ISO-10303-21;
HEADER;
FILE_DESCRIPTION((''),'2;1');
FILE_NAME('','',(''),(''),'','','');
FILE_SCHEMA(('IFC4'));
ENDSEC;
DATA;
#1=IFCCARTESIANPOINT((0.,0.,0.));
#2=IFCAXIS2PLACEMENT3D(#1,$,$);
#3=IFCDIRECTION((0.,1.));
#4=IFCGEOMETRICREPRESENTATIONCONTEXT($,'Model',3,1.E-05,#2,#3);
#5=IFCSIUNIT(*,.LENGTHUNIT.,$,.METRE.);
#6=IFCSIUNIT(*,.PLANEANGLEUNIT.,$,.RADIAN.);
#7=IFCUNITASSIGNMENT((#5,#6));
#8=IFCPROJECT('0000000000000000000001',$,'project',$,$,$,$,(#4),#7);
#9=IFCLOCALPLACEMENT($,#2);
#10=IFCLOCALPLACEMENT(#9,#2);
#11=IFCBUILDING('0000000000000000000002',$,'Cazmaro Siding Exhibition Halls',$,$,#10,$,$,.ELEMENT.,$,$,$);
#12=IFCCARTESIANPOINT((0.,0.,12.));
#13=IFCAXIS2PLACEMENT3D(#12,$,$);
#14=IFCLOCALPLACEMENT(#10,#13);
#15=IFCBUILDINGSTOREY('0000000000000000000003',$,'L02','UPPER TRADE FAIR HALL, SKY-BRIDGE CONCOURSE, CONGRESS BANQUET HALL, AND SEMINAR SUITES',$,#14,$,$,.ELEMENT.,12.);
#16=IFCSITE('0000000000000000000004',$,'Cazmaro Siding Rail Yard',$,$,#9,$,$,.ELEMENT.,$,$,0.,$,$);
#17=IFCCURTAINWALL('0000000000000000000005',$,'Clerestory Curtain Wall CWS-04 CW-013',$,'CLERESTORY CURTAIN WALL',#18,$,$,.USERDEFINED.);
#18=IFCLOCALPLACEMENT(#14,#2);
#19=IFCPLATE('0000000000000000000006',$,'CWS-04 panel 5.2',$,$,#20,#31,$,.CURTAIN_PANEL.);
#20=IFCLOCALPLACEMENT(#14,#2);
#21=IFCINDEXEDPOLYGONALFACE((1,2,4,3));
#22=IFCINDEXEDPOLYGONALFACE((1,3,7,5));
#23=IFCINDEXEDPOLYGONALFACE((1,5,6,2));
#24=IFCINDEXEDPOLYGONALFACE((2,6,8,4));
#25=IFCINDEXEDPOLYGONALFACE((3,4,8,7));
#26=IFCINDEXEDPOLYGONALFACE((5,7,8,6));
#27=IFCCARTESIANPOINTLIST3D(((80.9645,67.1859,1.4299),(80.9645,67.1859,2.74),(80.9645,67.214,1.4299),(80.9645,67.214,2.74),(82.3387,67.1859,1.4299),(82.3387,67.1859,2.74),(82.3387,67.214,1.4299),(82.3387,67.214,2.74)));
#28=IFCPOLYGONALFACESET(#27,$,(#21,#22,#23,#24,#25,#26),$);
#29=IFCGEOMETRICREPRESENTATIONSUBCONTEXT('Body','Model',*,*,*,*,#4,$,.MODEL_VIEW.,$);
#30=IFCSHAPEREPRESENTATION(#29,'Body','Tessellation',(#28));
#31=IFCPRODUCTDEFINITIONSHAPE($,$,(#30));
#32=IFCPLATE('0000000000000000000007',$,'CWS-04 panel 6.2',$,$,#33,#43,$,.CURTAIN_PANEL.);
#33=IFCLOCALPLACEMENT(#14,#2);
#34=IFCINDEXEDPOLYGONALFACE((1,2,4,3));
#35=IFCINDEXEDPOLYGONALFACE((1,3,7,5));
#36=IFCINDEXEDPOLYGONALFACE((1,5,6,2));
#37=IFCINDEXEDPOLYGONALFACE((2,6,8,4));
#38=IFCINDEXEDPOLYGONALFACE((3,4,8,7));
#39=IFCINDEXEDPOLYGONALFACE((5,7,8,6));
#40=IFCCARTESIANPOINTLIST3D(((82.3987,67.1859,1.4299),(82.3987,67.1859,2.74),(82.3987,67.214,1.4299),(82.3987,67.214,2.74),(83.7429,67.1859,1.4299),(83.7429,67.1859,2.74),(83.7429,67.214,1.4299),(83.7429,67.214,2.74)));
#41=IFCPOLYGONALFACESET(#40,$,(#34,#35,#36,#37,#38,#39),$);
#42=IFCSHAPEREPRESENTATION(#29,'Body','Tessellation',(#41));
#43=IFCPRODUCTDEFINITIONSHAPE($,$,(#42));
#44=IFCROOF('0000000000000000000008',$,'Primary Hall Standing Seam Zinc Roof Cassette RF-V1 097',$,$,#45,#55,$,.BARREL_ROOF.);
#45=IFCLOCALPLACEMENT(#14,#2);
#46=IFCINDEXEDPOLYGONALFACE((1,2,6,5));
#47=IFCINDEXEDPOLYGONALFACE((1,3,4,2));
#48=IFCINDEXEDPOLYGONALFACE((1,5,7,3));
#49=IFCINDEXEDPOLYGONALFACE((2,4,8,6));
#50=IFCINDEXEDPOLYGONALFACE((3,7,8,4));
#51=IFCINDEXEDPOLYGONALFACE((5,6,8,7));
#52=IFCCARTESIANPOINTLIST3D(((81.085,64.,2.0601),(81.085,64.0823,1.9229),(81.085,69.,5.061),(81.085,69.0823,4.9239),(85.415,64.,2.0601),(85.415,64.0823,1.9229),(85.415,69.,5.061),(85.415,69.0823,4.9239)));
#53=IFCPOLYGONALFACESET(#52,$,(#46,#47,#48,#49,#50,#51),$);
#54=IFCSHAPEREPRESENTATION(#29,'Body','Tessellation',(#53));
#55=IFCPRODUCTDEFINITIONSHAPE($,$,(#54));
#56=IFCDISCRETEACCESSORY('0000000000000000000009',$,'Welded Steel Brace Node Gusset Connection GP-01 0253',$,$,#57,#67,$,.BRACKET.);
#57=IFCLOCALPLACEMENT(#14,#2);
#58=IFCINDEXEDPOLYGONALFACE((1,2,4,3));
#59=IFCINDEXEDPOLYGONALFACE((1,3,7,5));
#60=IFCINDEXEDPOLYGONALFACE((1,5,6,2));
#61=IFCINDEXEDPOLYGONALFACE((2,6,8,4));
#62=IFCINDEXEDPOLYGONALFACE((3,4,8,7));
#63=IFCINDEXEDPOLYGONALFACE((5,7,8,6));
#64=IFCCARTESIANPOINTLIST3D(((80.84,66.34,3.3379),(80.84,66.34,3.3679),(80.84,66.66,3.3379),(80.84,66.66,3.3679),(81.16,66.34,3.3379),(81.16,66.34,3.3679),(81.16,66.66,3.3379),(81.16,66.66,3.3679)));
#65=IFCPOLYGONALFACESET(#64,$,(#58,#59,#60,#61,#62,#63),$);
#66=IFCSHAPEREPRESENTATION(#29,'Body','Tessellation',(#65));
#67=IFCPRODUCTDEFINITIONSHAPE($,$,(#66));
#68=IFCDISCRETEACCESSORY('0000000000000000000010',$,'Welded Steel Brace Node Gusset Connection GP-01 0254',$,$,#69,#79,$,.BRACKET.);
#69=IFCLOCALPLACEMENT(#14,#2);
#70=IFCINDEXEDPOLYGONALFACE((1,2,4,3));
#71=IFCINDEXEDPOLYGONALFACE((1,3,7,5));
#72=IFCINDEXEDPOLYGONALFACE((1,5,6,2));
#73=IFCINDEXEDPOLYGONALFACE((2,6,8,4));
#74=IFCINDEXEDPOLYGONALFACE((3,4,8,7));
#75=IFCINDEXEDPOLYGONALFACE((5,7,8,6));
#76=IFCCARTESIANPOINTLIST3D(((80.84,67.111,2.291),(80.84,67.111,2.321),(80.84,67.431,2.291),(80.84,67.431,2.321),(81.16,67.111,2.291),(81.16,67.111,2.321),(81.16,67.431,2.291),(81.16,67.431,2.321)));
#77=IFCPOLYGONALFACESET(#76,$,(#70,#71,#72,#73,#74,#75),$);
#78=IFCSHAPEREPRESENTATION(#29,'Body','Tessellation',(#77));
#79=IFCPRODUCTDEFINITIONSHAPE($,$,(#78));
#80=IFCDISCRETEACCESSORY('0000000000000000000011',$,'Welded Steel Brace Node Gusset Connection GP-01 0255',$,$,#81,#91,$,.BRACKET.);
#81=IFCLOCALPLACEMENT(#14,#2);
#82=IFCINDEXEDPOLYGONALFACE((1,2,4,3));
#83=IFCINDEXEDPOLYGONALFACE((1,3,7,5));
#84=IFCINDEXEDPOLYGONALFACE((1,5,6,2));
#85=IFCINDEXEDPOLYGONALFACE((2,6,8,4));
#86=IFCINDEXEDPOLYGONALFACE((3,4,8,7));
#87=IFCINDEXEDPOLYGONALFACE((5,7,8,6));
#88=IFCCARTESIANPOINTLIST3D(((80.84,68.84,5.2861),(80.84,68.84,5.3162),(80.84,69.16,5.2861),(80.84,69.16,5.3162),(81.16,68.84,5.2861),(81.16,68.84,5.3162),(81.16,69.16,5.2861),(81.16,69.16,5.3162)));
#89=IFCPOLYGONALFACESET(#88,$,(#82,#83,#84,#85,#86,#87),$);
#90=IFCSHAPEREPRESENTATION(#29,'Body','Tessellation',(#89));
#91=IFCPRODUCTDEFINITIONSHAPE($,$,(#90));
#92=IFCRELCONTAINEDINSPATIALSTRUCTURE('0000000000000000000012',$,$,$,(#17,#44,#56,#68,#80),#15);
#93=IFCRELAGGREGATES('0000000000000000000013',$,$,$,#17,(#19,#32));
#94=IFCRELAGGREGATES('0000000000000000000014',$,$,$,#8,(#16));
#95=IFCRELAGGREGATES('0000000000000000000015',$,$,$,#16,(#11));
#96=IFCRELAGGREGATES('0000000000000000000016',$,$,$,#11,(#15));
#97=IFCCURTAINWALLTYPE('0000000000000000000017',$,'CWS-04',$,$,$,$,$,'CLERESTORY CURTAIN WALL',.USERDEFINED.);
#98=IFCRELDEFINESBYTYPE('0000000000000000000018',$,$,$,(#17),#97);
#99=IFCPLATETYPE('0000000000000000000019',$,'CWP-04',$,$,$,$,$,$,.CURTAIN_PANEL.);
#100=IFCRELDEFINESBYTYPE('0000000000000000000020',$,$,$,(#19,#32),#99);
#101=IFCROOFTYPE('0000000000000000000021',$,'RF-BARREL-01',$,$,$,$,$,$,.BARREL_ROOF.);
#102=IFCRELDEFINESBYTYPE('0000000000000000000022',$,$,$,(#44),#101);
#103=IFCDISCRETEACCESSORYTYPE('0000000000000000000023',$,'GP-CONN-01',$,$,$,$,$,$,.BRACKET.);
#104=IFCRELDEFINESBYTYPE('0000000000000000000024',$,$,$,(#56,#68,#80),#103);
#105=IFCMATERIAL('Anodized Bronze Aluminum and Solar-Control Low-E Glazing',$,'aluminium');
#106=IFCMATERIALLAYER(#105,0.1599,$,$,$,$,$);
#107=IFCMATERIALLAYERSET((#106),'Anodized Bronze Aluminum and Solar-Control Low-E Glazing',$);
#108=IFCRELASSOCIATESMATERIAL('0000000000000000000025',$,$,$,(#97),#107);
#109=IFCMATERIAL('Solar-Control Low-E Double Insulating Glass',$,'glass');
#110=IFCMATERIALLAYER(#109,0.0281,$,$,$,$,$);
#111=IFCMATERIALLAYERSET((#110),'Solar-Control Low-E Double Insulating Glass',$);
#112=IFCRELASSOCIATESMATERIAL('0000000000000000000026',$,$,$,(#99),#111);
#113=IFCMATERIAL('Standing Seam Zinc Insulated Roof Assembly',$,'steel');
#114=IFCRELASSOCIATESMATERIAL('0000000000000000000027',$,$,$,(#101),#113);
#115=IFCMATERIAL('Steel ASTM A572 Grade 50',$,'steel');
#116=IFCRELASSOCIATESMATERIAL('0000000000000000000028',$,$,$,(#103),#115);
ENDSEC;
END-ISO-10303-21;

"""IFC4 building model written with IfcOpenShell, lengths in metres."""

from ifc_helpers import new_model, si_unit, direction, frame, origin, origin_2d, place, context, subcontext, project, spatial, polyline, rectangle, outline, extrude, material, layer, layer_set, type_object, element, aggregate, save


model = new_model("IFC4")

# Units and contexts
model_context = context("Model", 3, precision=1e-05, world=origin(), true_north=direction((0.0, 1.0)))
body_context = subcontext(model_context, "Body", "Model", "MODEL_VIEW")
ifc_project = project(units=[si_unit("LENGTHUNIT", "METRE"), si_unit("PLANEANGLEUNIT", "RADIAN")], contexts=[model_context])

# Site, building, storey
site_placement = place(None, origin())
site = spatial("IfcSite", under=ifc_project, at=site_placement, Name="Cazmaro Siding Rail Yard", CompositionType="ELEMENT", RefElevation=0.0)
building_placement = place(site_placement, origin())
building = spatial("IfcBuilding", under=site, at=building_placement, Name="Cazmaro Siding Exhibition Halls", CompositionType="ELEMENT")
storey_placement = place(building_placement, frame((0.0, 0.0, 12.0)))
storey = spatial("IfcBuildingStorey", under=building, at=storey_placement, Name="L02", Description="UPPER TRADE FAIR HALL, SKY-BRIDGE CONCOURSE, CONGRESS BANQUET HALL, AND SEMINAR SUITES", CompositionType="ELEMENT", Elevation=12.0)

# Curtain wall
ifc_material_1 = material(Name="Anodized Bronze Aluminum and Solar-Control Low-E Glazing", Category="aluminium")
ifc_layer_1 = layer(ifc_material_1, 0.1599)
ifc_layer_set_1 = layer_set([ifc_layer_1], Name="Anodized Bronze Aluminum and Solar-Control Low-E Glazing")
curtain_wall_type = type_object("IfcCurtainWallType", Name="CWS-04", ElementType="CLERESTORY CURTAIN WALL", PredefinedType="USERDEFINED", material=ifc_layer_set_1)
curtain_wall_placement = place(storey_placement, origin())
curtain_wall = element("IfcCurtainWall", 1, at=curtain_wall_placement, inside=storey, type_object=curtain_wall_type, Name="Clerestory Curtain Wall CWS-04 CW-013", ObjectType="CLERESTORY CURTAIN WALL", PredefinedType="USERDEFINED")

# Plates
ifc_material_2 = material(Name="Solar-Control Low-E Double Insulating Glass", Category="glass")
ifc_layer_2 = layer(ifc_material_2, 0.0281)
ifc_layer_set_2 = layer_set([ifc_layer_2], Name="Solar-Control Low-E Double Insulating Glass")
plate_type_1 = type_object("IfcPlateType", Name="CWP-04", PredefinedType="CURTAIN_PANEL", material=ifc_layer_set_2)
plate_1_placement = place(storey_placement, frame((81.6516, 67.2, 1.4299), z_axis=(0.0, 0.0, 1.0), x_axis=(1.0, 0.0, 0.0)))
plate_1 = element("IfcPlate", 2, at=plate_1_placement, type_object=plate_type_1, Name="CWS-04 panel 5.2", PredefinedType="CURTAIN_PANEL", context=body_context, shape_type="SweptSolid", body=[
    extrude(rectangle(XDim=1.3743, YDim=0.0281, at=origin_2d()), origin(), (0.0, 0.0, 1.0), 1.3101),
])
plate_2_placement = place(storey_placement, frame((83.0708, 67.2, 1.4299), z_axis=(0.0, 0.0, 1.0), x_axis=(1.0, 0.0, 0.0)))
plate_2 = element("IfcPlate", 3, at=plate_2_placement, type_object=plate_type_1, Name="CWS-04 panel 6.2", PredefinedType="CURTAIN_PANEL", context=body_context, shape_type="SweptSolid", body=[
    extrude(rectangle(XDim=1.3442, YDim=0.0281, at=origin_2d()), origin(), (0.0, 0.0, 1.0), 1.3101),
])
aggregate(curtain_wall, [plate_1, plate_2])

# Roof
ifc_material_3 = material(Name="Standing Seam Zinc Insulated Roof Assembly", Category="steel")
roof_type = type_object("IfcRoofType", Name="RF-BARREL-01", PredefinedType="BARREL_ROOF", material=ifc_material_3)
roof_placement = place(storey_placement, frame((81.085, 64.0, 2.0601), z_axis=(0.0, -0.514619, 0.857419), x_axis=(1.0, 0.0, 0.0)))
element("IfcRoof", 4, at=roof_placement, inside=storey, type_object=roof_type, Name="Primary Hall Standing Seam Zinc Roof Cassette RF-V1 097", PredefinedType="BARREL_ROOF", context=body_context, shape_type="SweptSolid", body=[
    extrude(outline(polyline([(0.0, 0.0), (4.3301, 0.0), (4.3301, 5.8315), (0.0, 5.8315), (0.0, 0.0)])), origin(), (0.0, 0.0, -1.0), 0.1599),
])

# Discrete accessories
ifc_material_4 = material(Name="Steel ASTM A572 Grade 50", Category="steel")
discrete_accessory_type = type_object("IfcDiscreteAccessoryType", Name="GP-CONN-01", PredefinedType="BRACKET", material=ifc_material_4)
for number, where, z_axis, x_axis, name in (
    (5, (81.0, 66.5, 3.3379), (0.0, 0.0, 1.0), (1.0, 0.0, 0.0), "Welded Steel Brace Node Gusset Connection GP-01 0253"),
    (6, (81.0, 67.271, 2.291), (0.0, 0.0, 1.0), (1.0, 0.0, 0.0), "Welded Steel Brace Node Gusset Connection GP-01 0254"),
    (7, (81.0, 69.0, 5.2861), (0.0, 0.0, 1.0), (1.0, 0.0, 0.0), "Welded Steel Brace Node Gusset Connection GP-01 0255"),
):
    element("IfcDiscreteAccessory", number, at=place(storey_placement, frame(where, z_axis=z_axis, x_axis=x_axis)), inside=storey, type_object=discrete_accessory_type, Name=name, PredefinedType="BRACKET", context=body_context, shape_type="SweptSolid", body=[
        extrude(rectangle(XDim=0.3201, YDim=0.3201, at=origin_2d()), origin(), (0.0, 0.0, 1.0), 0.03),
    ])

save(model, "model.ifc")
